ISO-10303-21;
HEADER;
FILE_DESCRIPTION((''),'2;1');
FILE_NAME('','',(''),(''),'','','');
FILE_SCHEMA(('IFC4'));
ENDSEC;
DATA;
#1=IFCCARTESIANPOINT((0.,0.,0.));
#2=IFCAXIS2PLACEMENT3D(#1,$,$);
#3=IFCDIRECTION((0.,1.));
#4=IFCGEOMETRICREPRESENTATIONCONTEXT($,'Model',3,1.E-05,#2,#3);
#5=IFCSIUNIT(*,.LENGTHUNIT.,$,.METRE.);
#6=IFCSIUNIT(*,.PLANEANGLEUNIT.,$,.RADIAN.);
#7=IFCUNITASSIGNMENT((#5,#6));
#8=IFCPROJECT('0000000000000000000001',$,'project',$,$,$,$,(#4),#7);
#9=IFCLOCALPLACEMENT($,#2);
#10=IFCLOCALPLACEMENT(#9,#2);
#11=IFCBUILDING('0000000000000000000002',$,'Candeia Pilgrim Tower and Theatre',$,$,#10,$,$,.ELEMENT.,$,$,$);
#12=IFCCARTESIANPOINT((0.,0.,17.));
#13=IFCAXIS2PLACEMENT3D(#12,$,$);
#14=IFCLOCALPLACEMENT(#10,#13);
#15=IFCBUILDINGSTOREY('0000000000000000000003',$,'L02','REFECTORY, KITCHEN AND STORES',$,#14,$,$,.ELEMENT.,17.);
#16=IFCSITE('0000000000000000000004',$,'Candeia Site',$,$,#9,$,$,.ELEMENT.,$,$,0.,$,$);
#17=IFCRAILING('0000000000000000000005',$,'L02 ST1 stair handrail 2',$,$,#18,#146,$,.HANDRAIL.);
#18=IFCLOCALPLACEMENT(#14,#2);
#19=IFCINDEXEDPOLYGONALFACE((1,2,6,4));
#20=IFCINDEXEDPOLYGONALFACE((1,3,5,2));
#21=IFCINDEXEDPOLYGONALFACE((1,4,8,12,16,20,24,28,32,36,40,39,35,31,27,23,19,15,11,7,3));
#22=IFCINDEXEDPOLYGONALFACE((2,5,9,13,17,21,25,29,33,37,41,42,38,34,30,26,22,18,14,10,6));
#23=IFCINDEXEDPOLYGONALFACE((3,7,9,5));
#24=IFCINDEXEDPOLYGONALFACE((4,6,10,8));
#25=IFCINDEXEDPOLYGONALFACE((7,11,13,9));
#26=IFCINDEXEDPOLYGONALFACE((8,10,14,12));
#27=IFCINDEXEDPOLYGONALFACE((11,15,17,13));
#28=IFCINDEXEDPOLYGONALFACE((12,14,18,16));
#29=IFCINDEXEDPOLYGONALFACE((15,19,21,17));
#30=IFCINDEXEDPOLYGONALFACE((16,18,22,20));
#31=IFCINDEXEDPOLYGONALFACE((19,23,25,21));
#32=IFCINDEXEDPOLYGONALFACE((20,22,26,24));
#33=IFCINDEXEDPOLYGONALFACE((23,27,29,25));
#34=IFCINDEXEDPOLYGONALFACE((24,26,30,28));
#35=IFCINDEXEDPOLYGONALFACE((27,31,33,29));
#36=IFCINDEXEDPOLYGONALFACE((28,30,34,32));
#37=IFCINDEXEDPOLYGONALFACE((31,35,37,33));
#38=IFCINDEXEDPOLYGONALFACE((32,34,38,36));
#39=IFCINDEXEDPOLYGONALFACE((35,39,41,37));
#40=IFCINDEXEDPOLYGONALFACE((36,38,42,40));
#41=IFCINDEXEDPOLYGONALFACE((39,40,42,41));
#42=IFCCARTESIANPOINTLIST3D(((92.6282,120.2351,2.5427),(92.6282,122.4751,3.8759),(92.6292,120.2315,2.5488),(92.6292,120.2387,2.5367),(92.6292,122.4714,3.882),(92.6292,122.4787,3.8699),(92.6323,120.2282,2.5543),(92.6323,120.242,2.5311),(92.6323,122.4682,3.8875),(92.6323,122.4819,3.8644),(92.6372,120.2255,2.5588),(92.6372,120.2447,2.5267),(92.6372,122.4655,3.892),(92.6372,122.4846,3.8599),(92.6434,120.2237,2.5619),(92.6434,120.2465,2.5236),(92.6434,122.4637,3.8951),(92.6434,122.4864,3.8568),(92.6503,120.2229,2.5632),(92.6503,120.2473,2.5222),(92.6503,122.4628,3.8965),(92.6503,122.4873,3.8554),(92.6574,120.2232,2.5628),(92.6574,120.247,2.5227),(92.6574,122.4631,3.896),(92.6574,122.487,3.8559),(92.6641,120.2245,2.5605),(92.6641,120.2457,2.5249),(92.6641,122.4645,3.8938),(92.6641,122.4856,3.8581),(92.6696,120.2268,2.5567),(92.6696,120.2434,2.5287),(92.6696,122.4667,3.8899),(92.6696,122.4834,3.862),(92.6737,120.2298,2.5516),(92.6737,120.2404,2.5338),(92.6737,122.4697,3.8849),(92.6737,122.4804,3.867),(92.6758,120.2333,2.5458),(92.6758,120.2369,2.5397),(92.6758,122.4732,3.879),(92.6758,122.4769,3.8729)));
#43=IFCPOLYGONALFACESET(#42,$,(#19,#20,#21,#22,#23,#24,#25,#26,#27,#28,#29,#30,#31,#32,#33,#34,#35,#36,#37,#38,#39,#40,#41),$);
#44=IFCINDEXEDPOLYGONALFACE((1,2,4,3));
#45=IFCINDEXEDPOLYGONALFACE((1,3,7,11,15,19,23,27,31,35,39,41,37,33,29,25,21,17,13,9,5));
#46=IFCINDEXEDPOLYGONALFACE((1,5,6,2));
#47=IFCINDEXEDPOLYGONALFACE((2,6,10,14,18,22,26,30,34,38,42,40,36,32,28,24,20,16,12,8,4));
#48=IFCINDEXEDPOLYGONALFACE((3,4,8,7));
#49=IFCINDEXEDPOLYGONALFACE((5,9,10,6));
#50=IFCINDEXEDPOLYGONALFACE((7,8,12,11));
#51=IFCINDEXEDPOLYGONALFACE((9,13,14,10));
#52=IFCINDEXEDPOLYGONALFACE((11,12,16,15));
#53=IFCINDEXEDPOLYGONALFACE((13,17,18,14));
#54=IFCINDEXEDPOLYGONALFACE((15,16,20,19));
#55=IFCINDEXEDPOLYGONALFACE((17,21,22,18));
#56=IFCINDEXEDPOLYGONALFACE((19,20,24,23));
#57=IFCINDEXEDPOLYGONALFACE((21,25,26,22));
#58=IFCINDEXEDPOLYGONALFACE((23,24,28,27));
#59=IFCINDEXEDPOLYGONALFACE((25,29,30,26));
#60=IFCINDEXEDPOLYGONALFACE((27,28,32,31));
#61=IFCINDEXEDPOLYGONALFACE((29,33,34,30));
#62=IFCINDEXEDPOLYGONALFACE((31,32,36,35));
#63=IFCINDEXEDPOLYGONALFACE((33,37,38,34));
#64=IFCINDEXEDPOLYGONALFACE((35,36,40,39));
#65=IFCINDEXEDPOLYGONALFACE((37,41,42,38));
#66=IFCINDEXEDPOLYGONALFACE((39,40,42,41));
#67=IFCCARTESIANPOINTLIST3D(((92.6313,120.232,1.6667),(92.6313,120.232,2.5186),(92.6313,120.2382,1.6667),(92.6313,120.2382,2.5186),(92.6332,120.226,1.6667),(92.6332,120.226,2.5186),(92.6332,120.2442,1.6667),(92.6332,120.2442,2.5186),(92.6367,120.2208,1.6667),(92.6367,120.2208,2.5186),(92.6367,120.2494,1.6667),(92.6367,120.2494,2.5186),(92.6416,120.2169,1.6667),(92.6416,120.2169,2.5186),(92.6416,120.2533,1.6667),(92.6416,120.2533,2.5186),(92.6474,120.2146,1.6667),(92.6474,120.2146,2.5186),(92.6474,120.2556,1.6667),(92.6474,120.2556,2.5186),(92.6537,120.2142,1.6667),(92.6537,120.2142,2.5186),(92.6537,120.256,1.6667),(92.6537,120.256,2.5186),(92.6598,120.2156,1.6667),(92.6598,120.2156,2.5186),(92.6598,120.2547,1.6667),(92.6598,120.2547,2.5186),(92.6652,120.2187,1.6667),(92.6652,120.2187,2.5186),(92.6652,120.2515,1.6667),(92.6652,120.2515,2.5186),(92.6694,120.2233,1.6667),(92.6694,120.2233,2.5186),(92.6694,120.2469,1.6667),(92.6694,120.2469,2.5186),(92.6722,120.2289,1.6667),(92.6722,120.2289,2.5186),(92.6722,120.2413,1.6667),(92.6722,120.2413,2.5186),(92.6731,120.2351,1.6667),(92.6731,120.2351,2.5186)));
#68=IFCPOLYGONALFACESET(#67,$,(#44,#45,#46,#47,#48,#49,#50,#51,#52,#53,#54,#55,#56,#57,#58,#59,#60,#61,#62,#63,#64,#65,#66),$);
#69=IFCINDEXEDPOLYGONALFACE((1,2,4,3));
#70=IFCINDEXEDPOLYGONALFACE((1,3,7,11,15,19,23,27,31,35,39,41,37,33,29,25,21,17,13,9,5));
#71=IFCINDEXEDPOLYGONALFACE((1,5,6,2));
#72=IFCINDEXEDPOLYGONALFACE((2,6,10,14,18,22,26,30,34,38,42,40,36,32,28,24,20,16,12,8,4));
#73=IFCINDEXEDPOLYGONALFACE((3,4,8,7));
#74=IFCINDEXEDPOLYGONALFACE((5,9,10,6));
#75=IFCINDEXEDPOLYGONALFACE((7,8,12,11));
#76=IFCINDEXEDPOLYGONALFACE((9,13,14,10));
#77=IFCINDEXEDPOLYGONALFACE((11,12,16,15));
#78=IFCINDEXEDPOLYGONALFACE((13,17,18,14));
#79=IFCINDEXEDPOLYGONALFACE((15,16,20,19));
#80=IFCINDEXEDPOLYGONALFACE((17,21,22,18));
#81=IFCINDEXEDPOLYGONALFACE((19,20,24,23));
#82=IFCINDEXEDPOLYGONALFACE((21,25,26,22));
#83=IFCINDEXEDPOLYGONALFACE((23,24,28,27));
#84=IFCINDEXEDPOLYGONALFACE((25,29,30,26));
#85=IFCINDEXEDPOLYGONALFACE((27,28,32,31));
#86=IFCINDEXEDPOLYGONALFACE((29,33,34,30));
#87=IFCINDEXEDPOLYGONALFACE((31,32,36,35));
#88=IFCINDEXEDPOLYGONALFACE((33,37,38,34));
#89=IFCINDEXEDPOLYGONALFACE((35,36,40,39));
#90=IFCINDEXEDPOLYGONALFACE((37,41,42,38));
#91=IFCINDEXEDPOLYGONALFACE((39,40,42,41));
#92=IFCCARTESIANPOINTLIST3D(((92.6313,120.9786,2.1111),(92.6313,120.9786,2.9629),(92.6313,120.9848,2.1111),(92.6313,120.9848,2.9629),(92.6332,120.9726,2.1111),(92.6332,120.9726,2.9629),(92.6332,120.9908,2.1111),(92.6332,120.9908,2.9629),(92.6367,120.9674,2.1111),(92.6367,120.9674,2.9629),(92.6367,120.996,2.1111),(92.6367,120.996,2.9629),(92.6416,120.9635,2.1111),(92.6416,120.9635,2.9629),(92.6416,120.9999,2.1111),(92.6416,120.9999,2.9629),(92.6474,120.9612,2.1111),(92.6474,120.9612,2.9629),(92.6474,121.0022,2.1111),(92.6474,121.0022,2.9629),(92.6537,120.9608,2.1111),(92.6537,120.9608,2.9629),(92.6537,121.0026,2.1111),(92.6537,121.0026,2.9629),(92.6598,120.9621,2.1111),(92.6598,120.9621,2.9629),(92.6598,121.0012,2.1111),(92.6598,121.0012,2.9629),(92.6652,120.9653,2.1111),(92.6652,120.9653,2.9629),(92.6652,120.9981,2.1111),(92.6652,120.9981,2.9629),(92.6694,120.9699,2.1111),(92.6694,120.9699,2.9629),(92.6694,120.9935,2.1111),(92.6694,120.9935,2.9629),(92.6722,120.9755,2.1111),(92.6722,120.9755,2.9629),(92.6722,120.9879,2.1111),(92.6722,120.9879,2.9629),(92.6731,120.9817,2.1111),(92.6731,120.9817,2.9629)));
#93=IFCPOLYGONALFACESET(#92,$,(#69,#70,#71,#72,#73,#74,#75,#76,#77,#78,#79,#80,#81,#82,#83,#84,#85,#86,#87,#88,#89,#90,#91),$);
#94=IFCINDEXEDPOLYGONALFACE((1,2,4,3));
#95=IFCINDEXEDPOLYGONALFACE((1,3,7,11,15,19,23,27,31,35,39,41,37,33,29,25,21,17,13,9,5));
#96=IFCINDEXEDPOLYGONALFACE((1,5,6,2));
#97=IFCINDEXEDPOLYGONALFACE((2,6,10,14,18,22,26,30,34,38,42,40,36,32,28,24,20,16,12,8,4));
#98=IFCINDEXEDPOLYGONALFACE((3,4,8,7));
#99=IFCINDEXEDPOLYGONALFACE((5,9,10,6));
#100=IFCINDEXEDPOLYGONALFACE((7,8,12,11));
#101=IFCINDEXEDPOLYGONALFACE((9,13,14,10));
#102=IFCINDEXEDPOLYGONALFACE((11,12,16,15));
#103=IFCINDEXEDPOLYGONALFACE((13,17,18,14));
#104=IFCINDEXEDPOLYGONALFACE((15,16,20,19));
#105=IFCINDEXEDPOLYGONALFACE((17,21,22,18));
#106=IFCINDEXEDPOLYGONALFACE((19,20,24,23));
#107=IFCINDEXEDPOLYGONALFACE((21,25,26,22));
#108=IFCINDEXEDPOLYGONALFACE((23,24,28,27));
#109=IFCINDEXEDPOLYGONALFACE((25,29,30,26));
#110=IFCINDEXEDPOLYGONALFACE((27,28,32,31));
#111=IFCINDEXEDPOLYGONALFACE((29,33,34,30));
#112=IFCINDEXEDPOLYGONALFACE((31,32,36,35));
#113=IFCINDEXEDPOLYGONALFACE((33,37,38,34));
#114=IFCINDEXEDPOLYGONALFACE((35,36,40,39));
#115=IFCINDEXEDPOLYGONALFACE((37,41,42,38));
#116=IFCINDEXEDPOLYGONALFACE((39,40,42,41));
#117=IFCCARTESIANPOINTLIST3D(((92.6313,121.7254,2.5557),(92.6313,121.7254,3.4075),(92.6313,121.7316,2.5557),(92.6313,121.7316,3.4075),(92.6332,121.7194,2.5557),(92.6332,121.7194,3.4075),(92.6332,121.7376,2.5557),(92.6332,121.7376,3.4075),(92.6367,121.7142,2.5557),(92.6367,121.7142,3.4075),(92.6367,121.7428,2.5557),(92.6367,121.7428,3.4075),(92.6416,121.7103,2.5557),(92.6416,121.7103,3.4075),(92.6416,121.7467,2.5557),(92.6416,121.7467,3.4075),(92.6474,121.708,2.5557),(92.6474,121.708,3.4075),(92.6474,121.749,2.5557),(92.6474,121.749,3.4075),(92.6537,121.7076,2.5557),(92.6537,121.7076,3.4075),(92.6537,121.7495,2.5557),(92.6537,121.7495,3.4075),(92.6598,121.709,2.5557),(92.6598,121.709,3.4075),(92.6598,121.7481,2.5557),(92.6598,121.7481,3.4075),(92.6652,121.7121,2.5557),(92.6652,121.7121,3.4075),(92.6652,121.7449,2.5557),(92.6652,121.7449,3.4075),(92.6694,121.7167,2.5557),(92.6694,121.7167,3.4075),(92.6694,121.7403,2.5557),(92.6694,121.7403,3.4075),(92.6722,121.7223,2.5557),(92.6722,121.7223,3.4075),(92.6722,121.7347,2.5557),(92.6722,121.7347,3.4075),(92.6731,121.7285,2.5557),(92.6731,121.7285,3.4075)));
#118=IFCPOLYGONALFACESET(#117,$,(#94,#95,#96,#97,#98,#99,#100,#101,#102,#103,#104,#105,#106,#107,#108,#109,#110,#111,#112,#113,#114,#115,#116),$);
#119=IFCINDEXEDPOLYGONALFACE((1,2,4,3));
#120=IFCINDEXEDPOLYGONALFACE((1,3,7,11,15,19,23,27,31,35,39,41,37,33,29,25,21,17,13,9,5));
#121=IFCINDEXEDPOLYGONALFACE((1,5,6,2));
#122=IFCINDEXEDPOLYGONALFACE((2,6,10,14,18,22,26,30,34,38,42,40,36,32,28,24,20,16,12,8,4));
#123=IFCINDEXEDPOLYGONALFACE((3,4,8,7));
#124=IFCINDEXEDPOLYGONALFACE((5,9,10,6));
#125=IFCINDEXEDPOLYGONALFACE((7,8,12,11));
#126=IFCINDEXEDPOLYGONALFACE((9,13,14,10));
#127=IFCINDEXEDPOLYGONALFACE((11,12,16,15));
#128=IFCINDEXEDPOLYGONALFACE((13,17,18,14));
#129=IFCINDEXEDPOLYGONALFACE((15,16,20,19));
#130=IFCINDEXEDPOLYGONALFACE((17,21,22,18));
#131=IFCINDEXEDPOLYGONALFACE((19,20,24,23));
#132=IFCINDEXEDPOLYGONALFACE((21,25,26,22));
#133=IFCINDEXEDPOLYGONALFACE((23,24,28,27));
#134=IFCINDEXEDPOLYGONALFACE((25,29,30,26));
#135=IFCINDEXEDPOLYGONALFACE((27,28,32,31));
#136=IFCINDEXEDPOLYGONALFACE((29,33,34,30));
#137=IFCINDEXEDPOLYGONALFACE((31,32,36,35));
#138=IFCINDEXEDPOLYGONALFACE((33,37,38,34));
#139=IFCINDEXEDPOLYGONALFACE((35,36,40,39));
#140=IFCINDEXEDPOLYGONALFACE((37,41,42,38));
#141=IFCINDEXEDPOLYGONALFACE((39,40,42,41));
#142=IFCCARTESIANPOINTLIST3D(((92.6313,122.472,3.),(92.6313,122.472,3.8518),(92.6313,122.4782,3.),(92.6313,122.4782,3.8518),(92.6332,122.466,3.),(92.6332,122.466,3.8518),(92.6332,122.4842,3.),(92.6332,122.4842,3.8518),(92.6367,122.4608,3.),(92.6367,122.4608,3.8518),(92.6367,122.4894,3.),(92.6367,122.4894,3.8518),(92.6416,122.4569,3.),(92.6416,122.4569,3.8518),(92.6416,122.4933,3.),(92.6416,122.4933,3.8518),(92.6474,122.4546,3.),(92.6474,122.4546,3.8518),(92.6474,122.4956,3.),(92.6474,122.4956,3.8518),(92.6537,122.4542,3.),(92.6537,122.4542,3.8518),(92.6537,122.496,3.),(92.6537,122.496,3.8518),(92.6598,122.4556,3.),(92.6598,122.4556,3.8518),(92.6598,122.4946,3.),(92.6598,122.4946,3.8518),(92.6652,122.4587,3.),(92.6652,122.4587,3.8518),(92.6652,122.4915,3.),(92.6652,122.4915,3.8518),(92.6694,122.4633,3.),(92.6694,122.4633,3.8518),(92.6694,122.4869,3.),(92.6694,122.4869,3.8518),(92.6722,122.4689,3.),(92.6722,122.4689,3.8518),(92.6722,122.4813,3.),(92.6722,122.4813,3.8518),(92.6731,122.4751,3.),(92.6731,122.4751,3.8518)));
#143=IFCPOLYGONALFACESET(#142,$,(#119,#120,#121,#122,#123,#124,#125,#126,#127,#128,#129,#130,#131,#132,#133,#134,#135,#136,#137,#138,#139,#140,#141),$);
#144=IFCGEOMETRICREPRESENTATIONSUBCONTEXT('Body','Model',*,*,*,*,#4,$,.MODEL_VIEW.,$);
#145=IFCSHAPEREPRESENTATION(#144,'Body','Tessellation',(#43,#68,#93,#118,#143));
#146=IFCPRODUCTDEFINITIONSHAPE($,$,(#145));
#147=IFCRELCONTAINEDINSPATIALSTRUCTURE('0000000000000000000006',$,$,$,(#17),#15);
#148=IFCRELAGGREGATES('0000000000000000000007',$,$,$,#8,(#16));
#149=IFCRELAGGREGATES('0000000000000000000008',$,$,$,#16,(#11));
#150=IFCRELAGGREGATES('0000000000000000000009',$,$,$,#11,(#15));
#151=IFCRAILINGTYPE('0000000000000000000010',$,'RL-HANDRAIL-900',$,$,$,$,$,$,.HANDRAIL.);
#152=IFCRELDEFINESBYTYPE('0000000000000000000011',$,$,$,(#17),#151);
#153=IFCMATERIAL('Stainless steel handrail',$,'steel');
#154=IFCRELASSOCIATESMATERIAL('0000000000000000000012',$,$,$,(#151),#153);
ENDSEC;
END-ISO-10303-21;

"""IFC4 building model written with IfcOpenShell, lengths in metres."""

from ifc_helpers import new_model, si_unit, direction, frame, origin, origin_2d, place, context, subcontext, project, spatial, circle, extrude, material, type_object, element, save


model = new_model("IFC4")

# Units and contexts
model_context = context("Model", 3, precision=1e-05, world=origin(), true_north=direction((0.0, 1.0)))
body_context = subcontext(model_context, "Body", "Model", "MODEL_VIEW")
ifc_project = project(units=[si_unit("LENGTHUNIT", "METRE"), si_unit("PLANEANGLEUNIT", "RADIAN")], contexts=[model_context])

# Site, building, storey
site_placement = place(None, origin())
site = spatial("IfcSite", under=ifc_project, at=site_placement, Name="Candeia Site", CompositionType="ELEMENT", RefElevation=0.0)
building_placement = place(site_placement, origin())
building = spatial("IfcBuilding", under=site, at=building_placement, Name="Candeia Pilgrim Tower and Theatre", CompositionType="ELEMENT")
storey_placement = place(building_placement, frame((0.0, 0.0, 17.0)))
storey = spatial("IfcBuildingStorey", under=building, at=storey_placement, Name="L02", Description="REFECTORY, KITCHEN AND STORES", CompositionType="ELEMENT", Elevation=17.0)

# Railing
ifc_material_1 = material(Name="Stainless steel handrail", Category="steel")
railing_type = type_object("IfcRailingType", Name="RL-HANDRAIL-900", PredefinedType="HANDRAIL", material=ifc_material_1)
for number, where, name in (
    (1, (92.6521, 120.2351, 1.6667), "L02 ST1 stair handrail 2"),
):
    element("IfcRailing", number, at=place(storey_placement, frame(where)), inside=storey, type_object=railing_type, Name=name, PredefinedType="HANDRAIL", context=body_context, shape_type="SweptSolid", body=[
        extrude(circle(Radius=0.0239, at=origin_2d()), frame((0.0, 0.0, 0.876), z_axis=(0.0, 0.859306, 0.511462), x_axis=(-1.0, 0.0, 0.0)), (0.0, 0.0, 1.0), 2.6067),
        extrude(circle(Radius=0.021, at=origin_2d()), origin(), (0.0, 0.0, 1.0), 0.8518),
        extrude(circle(Radius=0.021, at=origin_2d()), frame((0.0, 0.7466, 0.4443)), (0.0, 0.0, 1.0), 0.8518),
        extrude(circle(Radius=0.021, at=origin_2d()), frame((0.0, 1.4934, 0.8889)), (0.0, 0.0, 1.0), 0.8518),
        extrude(circle(Radius=0.021, at=origin_2d()), frame((0.0, 2.24, 1.3333)), (0.0, 0.0, 1.0), 0.8518),
    ])

save(model, "model.ifc")
